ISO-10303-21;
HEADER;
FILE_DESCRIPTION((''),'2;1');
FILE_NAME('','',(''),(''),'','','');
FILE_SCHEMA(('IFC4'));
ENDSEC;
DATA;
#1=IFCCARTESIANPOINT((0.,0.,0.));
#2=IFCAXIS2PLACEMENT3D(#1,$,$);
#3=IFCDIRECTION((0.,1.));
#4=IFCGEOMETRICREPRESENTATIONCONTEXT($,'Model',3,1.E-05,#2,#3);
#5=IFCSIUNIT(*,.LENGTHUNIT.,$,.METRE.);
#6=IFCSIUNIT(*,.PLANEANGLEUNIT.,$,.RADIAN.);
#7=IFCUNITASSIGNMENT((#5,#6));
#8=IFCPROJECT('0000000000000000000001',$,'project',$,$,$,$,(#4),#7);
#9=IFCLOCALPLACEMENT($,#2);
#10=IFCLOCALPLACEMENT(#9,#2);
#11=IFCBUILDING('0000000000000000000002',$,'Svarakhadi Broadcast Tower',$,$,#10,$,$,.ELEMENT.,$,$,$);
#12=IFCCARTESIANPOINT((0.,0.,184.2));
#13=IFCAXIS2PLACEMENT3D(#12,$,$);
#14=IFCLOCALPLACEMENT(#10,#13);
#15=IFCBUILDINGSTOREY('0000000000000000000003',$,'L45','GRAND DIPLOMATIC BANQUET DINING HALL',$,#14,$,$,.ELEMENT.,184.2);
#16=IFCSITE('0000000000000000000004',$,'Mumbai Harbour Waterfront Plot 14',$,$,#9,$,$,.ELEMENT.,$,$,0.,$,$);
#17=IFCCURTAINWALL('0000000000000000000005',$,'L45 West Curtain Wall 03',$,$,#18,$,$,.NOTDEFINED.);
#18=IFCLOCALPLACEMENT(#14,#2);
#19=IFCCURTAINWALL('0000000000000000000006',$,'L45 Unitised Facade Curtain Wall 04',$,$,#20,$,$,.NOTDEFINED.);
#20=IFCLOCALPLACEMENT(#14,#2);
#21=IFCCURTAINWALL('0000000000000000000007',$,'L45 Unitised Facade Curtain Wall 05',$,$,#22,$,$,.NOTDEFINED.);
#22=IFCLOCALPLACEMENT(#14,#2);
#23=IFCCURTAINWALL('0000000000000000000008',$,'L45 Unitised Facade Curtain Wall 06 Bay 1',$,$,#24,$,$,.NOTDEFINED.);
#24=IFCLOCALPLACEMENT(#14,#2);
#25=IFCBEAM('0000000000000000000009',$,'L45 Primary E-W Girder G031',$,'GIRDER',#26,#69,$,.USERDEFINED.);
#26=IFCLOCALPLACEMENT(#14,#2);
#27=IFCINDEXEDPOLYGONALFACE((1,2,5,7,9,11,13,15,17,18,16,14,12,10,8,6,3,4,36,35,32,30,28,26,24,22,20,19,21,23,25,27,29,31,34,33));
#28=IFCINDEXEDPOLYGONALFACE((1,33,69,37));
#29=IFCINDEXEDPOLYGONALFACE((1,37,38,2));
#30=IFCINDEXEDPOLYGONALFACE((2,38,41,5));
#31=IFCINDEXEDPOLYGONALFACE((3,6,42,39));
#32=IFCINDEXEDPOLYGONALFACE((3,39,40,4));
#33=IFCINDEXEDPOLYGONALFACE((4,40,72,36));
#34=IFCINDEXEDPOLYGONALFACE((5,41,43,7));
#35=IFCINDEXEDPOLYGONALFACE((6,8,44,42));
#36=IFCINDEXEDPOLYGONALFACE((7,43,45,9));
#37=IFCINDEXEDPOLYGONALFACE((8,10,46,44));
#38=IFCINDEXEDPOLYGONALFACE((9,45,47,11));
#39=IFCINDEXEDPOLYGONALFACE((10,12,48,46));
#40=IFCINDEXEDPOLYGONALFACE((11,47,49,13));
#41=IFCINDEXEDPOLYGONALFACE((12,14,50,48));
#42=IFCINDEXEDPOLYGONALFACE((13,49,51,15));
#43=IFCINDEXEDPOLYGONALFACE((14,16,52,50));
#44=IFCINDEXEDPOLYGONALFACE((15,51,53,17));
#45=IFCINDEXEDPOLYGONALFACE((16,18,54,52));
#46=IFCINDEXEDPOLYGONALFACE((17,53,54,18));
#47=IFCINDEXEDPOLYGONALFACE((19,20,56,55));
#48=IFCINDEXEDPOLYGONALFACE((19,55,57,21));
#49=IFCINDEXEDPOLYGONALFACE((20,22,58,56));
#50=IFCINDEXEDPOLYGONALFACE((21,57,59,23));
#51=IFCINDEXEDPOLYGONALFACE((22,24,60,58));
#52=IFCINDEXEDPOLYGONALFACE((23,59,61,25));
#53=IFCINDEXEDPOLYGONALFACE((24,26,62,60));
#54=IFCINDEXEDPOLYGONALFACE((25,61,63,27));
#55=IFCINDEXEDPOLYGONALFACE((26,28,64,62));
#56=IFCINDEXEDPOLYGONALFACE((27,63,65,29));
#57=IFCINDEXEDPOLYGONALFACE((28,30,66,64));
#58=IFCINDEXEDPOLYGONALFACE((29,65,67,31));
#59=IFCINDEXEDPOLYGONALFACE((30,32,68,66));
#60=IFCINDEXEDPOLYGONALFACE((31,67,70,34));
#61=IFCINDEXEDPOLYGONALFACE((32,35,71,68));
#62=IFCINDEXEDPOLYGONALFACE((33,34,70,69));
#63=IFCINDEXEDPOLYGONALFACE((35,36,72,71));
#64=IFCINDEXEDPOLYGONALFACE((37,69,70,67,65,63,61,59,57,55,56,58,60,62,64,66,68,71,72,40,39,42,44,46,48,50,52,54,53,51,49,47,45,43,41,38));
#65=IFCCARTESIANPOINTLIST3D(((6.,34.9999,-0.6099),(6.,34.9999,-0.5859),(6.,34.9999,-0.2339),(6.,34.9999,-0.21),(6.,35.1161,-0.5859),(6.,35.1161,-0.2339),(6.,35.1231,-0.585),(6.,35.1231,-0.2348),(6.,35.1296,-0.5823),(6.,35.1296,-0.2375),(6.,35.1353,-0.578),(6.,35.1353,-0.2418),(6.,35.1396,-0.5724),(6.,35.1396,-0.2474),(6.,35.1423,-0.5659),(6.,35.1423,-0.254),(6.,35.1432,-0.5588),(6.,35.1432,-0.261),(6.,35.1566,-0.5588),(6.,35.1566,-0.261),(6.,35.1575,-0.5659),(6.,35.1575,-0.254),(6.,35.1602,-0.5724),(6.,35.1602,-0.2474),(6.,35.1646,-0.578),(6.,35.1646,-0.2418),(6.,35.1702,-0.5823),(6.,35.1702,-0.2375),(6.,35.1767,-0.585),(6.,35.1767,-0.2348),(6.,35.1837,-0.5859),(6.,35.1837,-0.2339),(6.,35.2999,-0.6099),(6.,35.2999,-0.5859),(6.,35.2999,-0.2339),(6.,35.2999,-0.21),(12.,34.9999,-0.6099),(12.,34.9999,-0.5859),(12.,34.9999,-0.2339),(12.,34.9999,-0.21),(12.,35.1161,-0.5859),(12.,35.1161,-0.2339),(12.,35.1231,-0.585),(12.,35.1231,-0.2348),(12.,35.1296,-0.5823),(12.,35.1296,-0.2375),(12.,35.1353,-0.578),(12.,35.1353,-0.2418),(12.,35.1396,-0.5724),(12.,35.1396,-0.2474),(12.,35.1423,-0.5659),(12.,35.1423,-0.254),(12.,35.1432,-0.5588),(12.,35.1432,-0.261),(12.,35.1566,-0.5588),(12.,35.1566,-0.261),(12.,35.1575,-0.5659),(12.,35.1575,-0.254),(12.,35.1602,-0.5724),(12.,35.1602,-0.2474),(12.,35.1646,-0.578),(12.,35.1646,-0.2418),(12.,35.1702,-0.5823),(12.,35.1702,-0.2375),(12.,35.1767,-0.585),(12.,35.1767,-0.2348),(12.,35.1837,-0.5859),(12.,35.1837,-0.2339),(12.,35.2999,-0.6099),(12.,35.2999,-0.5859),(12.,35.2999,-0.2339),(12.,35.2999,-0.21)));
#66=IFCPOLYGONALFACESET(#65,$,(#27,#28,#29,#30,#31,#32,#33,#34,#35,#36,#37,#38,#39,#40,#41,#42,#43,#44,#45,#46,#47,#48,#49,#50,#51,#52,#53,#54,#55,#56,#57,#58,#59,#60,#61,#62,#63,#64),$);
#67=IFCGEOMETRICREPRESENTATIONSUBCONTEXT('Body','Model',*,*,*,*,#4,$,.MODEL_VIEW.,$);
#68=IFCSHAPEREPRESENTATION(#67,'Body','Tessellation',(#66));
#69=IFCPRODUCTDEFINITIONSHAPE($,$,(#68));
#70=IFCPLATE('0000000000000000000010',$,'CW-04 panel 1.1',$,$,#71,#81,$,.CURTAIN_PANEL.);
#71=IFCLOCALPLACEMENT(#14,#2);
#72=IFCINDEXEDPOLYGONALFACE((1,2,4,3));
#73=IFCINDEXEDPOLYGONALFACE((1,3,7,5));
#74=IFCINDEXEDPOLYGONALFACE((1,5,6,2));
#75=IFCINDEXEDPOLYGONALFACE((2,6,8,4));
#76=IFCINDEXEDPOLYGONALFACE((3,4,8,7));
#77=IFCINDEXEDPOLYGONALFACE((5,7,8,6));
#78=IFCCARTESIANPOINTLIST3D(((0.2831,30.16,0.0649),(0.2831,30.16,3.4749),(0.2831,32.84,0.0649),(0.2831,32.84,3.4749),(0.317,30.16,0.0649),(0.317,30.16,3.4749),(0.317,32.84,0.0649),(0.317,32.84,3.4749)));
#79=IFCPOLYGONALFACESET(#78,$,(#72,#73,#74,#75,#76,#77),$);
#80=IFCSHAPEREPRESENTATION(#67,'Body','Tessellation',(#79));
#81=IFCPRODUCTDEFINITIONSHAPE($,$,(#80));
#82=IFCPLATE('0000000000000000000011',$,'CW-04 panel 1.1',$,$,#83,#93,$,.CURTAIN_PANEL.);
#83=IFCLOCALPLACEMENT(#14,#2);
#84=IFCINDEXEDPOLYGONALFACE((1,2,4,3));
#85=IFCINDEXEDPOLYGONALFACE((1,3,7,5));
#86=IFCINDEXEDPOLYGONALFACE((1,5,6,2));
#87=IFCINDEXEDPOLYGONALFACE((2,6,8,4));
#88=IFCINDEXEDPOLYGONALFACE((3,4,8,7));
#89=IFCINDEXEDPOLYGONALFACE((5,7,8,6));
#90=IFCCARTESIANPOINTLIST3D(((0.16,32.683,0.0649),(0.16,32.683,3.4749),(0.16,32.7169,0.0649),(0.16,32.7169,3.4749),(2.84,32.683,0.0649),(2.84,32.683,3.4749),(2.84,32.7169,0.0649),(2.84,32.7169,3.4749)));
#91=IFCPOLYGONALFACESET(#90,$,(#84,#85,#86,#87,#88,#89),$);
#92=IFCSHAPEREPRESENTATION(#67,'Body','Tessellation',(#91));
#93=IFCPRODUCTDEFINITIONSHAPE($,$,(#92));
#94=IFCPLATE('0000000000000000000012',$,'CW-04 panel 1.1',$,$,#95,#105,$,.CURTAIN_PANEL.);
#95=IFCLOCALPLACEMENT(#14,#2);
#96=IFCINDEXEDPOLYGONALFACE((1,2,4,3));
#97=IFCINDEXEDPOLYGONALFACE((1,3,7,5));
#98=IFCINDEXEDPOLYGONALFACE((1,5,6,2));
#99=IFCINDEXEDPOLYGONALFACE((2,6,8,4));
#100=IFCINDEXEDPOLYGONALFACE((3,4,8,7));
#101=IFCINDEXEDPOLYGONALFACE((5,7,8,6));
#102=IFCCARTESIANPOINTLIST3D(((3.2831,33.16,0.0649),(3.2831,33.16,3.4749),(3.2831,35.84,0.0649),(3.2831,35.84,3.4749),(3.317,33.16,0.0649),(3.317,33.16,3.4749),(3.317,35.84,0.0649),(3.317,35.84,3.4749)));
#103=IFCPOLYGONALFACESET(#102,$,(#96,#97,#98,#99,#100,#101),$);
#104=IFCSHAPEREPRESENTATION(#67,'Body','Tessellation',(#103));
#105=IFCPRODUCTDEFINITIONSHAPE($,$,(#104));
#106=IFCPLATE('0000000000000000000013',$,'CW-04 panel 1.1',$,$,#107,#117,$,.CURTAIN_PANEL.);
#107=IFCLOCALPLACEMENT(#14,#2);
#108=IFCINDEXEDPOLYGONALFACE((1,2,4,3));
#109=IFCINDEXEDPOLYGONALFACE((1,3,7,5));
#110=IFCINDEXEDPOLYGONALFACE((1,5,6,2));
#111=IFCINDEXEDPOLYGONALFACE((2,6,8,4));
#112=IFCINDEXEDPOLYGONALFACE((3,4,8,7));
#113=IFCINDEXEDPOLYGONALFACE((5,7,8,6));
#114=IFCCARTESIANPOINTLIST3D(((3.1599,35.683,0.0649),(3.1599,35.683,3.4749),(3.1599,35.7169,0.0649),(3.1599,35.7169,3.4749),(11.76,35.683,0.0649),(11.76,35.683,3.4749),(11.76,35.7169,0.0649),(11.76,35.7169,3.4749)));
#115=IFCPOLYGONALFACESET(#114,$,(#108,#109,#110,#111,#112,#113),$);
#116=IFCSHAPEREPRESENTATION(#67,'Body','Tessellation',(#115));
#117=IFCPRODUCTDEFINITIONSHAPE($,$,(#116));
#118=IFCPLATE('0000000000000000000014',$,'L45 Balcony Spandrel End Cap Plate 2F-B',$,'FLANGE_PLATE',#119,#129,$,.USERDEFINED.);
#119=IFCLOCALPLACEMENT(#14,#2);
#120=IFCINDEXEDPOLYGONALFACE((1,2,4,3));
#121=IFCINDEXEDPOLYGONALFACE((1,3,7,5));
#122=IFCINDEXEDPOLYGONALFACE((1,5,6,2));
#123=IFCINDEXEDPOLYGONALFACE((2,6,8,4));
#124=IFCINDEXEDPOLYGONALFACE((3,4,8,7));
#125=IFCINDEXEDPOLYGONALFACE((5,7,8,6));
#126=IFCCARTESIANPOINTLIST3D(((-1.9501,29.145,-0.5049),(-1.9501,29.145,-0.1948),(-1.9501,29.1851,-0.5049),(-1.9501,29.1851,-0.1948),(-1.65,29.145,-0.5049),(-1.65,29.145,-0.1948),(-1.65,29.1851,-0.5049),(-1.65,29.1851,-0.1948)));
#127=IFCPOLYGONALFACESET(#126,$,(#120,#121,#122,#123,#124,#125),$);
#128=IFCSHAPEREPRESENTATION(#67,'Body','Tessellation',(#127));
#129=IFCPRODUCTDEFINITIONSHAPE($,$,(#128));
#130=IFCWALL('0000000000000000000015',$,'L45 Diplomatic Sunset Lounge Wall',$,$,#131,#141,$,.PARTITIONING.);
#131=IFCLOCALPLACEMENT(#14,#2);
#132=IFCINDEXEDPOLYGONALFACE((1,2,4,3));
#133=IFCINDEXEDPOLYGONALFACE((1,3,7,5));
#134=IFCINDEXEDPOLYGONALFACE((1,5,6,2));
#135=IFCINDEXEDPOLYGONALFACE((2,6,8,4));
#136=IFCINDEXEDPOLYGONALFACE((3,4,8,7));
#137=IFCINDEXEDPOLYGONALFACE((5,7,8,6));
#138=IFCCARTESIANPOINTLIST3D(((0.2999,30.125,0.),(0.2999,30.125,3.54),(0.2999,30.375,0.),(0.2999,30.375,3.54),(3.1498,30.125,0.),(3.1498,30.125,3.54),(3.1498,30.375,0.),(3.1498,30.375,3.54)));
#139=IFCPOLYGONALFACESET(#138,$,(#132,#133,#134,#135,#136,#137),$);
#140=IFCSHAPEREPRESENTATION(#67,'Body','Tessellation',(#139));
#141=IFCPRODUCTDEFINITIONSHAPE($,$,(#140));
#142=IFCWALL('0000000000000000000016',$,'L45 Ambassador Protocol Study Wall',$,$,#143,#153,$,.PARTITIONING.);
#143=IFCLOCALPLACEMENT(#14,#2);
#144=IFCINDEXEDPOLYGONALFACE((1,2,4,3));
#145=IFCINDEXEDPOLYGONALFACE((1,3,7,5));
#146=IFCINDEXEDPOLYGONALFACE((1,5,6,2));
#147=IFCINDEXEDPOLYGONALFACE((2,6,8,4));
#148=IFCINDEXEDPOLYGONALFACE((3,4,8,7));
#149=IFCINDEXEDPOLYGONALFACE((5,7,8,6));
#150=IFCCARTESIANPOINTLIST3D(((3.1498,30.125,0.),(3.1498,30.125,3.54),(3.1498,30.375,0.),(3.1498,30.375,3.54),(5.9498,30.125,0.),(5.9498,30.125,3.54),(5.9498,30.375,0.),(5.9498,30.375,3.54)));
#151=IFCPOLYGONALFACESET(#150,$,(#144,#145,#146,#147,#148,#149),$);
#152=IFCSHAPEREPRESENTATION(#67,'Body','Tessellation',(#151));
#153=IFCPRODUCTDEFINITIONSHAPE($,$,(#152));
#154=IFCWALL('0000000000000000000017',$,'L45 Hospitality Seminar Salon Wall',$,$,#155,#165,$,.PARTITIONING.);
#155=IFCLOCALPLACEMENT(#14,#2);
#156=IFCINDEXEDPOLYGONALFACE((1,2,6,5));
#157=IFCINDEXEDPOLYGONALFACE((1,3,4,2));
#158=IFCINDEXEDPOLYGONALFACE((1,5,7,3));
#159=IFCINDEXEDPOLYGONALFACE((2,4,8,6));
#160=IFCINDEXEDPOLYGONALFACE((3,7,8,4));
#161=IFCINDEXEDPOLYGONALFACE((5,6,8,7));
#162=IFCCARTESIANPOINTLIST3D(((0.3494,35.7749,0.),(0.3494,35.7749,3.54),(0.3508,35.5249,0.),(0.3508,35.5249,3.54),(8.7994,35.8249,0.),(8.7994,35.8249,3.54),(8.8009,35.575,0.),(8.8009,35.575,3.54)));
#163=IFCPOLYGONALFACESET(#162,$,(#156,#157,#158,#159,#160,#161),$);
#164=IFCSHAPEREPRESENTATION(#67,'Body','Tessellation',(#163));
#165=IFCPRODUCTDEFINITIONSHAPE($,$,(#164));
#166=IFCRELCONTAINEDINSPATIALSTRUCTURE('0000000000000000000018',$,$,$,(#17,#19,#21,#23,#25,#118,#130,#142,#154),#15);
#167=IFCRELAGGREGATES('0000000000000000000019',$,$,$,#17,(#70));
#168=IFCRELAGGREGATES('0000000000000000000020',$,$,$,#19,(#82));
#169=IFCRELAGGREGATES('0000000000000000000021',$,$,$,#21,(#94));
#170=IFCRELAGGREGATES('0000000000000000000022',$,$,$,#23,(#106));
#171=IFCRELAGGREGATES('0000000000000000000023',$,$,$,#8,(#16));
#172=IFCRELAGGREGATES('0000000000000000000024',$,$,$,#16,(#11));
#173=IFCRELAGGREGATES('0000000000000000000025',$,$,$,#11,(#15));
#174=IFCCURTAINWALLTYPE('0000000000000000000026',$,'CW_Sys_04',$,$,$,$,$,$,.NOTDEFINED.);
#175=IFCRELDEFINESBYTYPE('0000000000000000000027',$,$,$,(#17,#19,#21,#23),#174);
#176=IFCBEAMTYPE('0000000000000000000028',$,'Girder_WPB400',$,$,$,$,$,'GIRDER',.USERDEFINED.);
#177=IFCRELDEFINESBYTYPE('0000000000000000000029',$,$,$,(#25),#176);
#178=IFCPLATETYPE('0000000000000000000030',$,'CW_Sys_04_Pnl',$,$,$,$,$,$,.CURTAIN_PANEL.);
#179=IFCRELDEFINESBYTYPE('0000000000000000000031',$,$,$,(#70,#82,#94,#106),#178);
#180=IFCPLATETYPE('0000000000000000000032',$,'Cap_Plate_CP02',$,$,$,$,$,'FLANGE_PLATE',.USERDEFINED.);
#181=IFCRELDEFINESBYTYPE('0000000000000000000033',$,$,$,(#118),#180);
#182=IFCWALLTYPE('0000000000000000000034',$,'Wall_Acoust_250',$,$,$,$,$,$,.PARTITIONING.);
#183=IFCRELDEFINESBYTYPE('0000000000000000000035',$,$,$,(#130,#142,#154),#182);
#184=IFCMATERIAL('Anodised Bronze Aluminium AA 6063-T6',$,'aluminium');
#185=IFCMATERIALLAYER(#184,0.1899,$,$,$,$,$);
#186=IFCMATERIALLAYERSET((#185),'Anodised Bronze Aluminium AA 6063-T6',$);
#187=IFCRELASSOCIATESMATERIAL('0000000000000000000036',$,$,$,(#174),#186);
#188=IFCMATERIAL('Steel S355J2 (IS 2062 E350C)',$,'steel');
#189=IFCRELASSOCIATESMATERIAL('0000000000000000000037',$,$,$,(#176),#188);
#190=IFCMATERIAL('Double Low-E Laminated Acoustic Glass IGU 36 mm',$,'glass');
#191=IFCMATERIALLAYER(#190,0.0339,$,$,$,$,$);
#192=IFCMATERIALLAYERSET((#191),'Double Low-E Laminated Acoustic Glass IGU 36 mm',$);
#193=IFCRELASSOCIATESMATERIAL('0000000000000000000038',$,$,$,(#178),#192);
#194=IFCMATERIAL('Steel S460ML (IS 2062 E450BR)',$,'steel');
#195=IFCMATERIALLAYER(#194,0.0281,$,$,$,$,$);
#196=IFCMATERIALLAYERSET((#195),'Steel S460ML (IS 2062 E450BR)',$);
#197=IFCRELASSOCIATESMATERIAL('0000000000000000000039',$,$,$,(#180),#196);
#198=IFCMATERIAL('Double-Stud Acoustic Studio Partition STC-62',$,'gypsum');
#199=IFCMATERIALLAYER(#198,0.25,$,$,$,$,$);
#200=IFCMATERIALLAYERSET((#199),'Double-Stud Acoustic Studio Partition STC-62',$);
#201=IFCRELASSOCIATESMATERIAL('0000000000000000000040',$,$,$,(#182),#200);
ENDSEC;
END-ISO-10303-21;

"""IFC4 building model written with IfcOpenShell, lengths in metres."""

from ifc_helpers import new_model, si_unit, direction, frame, frame_2d, origin, origin_2d, place, context, subcontext, project, spatial, rectangle, i_section, extrude, material, layer, layer_set, material_profile, profile_set, type_object, element, aggregate, save


model = new_model("IFC4")

# Units and contexts
model_context = context("Model", 3, precision=1e-05, world=origin(), true_north=direction((0.0, 1.0)))
body_context = subcontext(model_context, "Body", "Model", "MODEL_VIEW")
ifc_project = project(units=[si_unit("LENGTHUNIT", "METRE"), si_unit("PLANEANGLEUNIT", "RADIAN")], contexts=[model_context])

# Site, building, storey
site_placement = place(None, origin())
site = spatial("IfcSite", under=ifc_project, at=site_placement, Name="Mumbai Harbour Waterfront Plot 14", CompositionType="ELEMENT", RefElevation=0.0)
building_placement = place(site_placement, origin())
building = spatial("IfcBuilding", under=site, at=building_placement, Name="Svarakhadi Broadcast Tower", CompositionType="ELEMENT")
storey_placement = place(building_placement, frame((0.0, 0.0, 184.2)))
storey = spatial("IfcBuildingStorey", under=building, at=storey_placement, Name="L45", Description="GRAND DIPLOMATIC BANQUET DINING HALL", CompositionType="ELEMENT", Elevation=184.2)

# Shared definitions
ifc_material_1 = material(Name="Steel S460ML (IS 2062 E450BR)", Category="steel")

# Shared definitions
ifc_material_2 = material(Name="Steel S355J2 (IS 2062 E350C)", Category="steel")

# Curtain walls
ifc_material_3 = material(Name="Anodised Bronze Aluminium AA 6063-T6", Category="aluminium")
ifc_layer_1 = layer(ifc_material_3, 0.1899)
ifc_layer_set_1 = layer_set([ifc_layer_1], Name="Anodised Bronze Aluminium AA 6063-T6")
curtain_wall_type = type_object("IfcCurtainWallType", Name="CW_Sys_04", PredefinedType="NOTDEFINED", material=ifc_layer_set_1)
curtain_wall_1_placement = place(storey_placement, origin())
curtain_wall_1 = element("IfcCurtainWall", 1, at=curtain_wall_1_placement, inside=storey, type_object=curtain_wall_type, Name="L45 West Curtain Wall 03", PredefinedType="NOTDEFINED")
curtain_wall_2_placement = place(storey_placement, origin())
curtain_wall_2 = element("IfcCurtainWall", 2, at=curtain_wall_2_placement, inside=storey, type_object=curtain_wall_type, Name="L45 Unitised Facade Curtain Wall 04", PredefinedType="NOTDEFINED")
curtain_wall_3_placement = place(storey_placement, origin())
curtain_wall_3 = element("IfcCurtainWall", 3, at=curtain_wall_3_placement, inside=storey, type_object=curtain_wall_type, Name="L45 Unitised Facade Curtain Wall 05", PredefinedType="NOTDEFINED")

# Curtain wall
curtain_wall_4_placement = place(storey_placement, origin())
curtain_wall_4 = element("IfcCurtainWall", 4, at=curtain_wall_4_placement, inside=storey, type_object=curtain_wall_type, Name="L45 Unitised Facade Curtain Wall 06 Bay 1", PredefinedType="NOTDEFINED")

# Beam
ifc_material_profile_1 = material_profile(ifc_material_2, i_section(OverallWidth=0.3, OverallDepth=0.3999, WebThickness=0.0134, FlangeThickness=0.0239, FilletRadius=0.0271, at=origin_2d()), Name="WPB 400x300x155")
ifc_profile_set_1 = profile_set([ifc_material_profile_1], Name="Steel S355J2 (IS 2062 E350C)")
beam_type_1 = type_object("IfcBeamType", Name="Girder_WPB400", ElementType="GIRDER", PredefinedType="USERDEFINED", material=ifc_profile_set_1)
beam_1_placement = place(storey_placement, frame((6.0, 35.1499, -0.4099), z_axis=(1.0, 0.0, 0.0), x_axis=(0.0, 1.0, 0.0)))
element("IfcBeam", 5, at=beam_1_placement, inside=storey, type_object=beam_type_1, Name="L45 Primary E-W Girder G031", ObjectType="GIRDER", PredefinedType="USERDEFINED", context=body_context, shape_type="SweptSolid", body=[
    extrude(i_section(OverallWidth=0.3, OverallDepth=0.3999, WebThickness=0.0134, FlangeThickness=0.0239, FilletRadius=0.0271, at=origin_2d()), origin(), (0.0, 0.0, 1.0), 6.0),
])

# Plates
ifc_material_4 = material(Name="Double Low-E Laminated Acoustic Glass IGU 36 mm", Category="glass")
ifc_layer_2 = layer(ifc_material_4, 0.0339)
ifc_layer_set_2 = layer_set([ifc_layer_2], Name="Double Low-E Laminated Acoustic Glass IGU 36 mm")
plate_type_1 = type_object("IfcPlateType", Name="CW_Sys_04_Pnl", PredefinedType="CURTAIN_PANEL", material=ifc_layer_set_2)
plate_1_placement = place(storey_placement, frame((0.3, 31.5, 0.0649), z_axis=(0.0, 0.0, 1.0), x_axis=(0.0, 1.0, 0.0)))
plate_1 = element("IfcPlate", 6, at=plate_1_placement, type_object=plate_type_1, Name="CW-04 panel 1.1", PredefinedType="CURTAIN_PANEL", context=body_context, shape_type="SweptSolid", body=[
    extrude(rectangle(XDim=2.6799, YDim=0.0339, at=origin_2d()), origin(), (0.0, 0.0, 1.0), 3.4099),
])
aggregate(curtain_wall_1, [plate_1])
plate_2_placement = place(storey_placement, frame((1.5, 32.7, 0.0649), z_axis=(0.0, 0.0, 1.0), x_axis=(1.0, 0.0, 0.0)))
plate_2 = element("IfcPlate", 7, at=plate_2_placement, type_object=plate_type_1, Name="CW-04 panel 1.1", PredefinedType="CURTAIN_PANEL", context=body_context, shape_type="SweptSolid", body=[
    extrude(rectangle(XDim=2.6799, YDim=0.0339, at=origin_2d()), origin(), (0.0, 0.0, 1.0), 3.4099),
])
aggregate(curtain_wall_2, [plate_2])
plate_3_placement = place(storey_placement, frame((3.3, 34.5, 0.0649), z_axis=(0.0, 0.0, 1.0), x_axis=(0.0, 1.0, 0.0)))
plate_3 = element("IfcPlate", 8, at=plate_3_placement, type_object=plate_type_1, Name="CW-04 panel 1.1", PredefinedType="CURTAIN_PANEL", context=body_context, shape_type="SweptSolid", body=[
    extrude(rectangle(XDim=2.6799, YDim=0.0339, at=origin_2d()), origin(), (0.0, 0.0, 1.0), 3.4099),
])
aggregate(curtain_wall_3, [plate_3])
plate_4_placement = place(storey_placement, frame((7.46, 35.7, 0.0649), z_axis=(0.0, 0.0, 1.0), x_axis=(1.0, 0.0, 0.0)))
plate_4 = element("IfcPlate", 9, at=plate_4_placement, type_object=plate_type_1, Name="CW-04 panel 1.1", PredefinedType="CURTAIN_PANEL", context=body_context, shape_type="SweptSolid", body=[
    extrude(rectangle(XDim=8.6001, YDim=0.0339, at=origin_2d()), origin(), (0.0, 0.0, 1.0), 3.4099),
])
aggregate(curtain_wall_4, [plate_4])
ifc_layer_3 = layer(ifc_material_1, 0.0281)
ifc_layer_set_3 = layer_set([ifc_layer_3], Name="Steel S460ML (IS 2062 E450BR)")
plate_type_2 = type_object("IfcPlateType", Name="Cap_Plate_CP02", ElementType="FLANGE_PLATE", PredefinedType="USERDEFINED", material=ifc_layer_set_3)
plate_5_placement = place(storey_placement, frame((-1.8, 29.165, -0.5049), z_axis=(0.0, 0.0, 1.0), x_axis=(1.0, 0.0, 0.0)))
element("IfcPlate", 10, at=plate_5_placement, inside=storey, type_object=plate_type_2, Name="L45 Balcony Spandrel End Cap Plate 2F-B", ObjectType="FLANGE_PLATE", PredefinedType="USERDEFINED", context=body_context, shape_type="SweptSolid", body=[
    extrude(rectangle(XDim=0.3, YDim=0.04, at=origin_2d()), origin(), (0.0, 0.0, 1.0), 0.3101),
])

# Walls
ifc_material_5 = material(Name="Double-Stud Acoustic Studio Partition STC-62", Category="gypsum")
ifc_layer_4 = layer(ifc_material_5, 0.25)
ifc_layer_set_4 = layer_set([ifc_layer_4], Name="Double-Stud Acoustic Studio Partition STC-62")
wall_type = type_object("IfcWallType", Name="Wall_Acoust_250", PredefinedType="PARTITIONING", material=ifc_layer_set_4)
wall_1_placement = place(storey_placement, frame((0.3, 30.25, 0.0), z_axis=(0.0, 0.0, 1.0), x_axis=(1.0, 0.0, 0.0)))
element("IfcWall", 11, at=wall_1_placement, inside=storey, type_object=wall_type, Name="L45 Diplomatic Sunset Lounge Wall", PredefinedType="PARTITIONING", context=body_context, shape_type="SweptSolid", body=[
    extrude(rectangle(XDim=2.8499, YDim=0.25, at=frame_2d((1.4248, 0.0))), origin(), (0.0, 0.0, 1.0), 3.54),
])
wall_2_placement = place(storey_placement, frame((3.1499, 30.25, 0.0), z_axis=(0.0, 0.0, 1.0), x_axis=(1.0, 0.0, 0.0)))
element("IfcWall", 12, at=wall_2_placement, inside=storey, type_object=wall_type, Name="L45 Ambassador Protocol Study Wall", PredefinedType="PARTITIONING", context=body_context, shape_type="SweptSolid", body=[
    extrude(rectangle(XDim=2.8, YDim=0.25, at=frame_2d((1.3999, 0.0))), origin(), (0.0, 0.0, 1.0), 3.54),
])
wall_3_placement = place(storey_placement, frame((0.3501, 35.6499, 0.0), z_axis=(0.0, 0.0, 1.0), x_axis=(0.999982, 0.005923, 0.0)))
element("IfcWall", 13, at=wall_3_placement, inside=storey, type_object=wall_type, Name="L45 Hospitality Seminar Salon Wall", PredefinedType="PARTITIONING", context=body_context, shape_type="SweptSolid", body=[
    extrude(rectangle(XDim=8.4502, YDim=0.25, at=frame_2d((4.2251, 0.0))), origin(), (0.0, 0.0, 1.0), 3.54),
])

save(model, "model.ifc")
